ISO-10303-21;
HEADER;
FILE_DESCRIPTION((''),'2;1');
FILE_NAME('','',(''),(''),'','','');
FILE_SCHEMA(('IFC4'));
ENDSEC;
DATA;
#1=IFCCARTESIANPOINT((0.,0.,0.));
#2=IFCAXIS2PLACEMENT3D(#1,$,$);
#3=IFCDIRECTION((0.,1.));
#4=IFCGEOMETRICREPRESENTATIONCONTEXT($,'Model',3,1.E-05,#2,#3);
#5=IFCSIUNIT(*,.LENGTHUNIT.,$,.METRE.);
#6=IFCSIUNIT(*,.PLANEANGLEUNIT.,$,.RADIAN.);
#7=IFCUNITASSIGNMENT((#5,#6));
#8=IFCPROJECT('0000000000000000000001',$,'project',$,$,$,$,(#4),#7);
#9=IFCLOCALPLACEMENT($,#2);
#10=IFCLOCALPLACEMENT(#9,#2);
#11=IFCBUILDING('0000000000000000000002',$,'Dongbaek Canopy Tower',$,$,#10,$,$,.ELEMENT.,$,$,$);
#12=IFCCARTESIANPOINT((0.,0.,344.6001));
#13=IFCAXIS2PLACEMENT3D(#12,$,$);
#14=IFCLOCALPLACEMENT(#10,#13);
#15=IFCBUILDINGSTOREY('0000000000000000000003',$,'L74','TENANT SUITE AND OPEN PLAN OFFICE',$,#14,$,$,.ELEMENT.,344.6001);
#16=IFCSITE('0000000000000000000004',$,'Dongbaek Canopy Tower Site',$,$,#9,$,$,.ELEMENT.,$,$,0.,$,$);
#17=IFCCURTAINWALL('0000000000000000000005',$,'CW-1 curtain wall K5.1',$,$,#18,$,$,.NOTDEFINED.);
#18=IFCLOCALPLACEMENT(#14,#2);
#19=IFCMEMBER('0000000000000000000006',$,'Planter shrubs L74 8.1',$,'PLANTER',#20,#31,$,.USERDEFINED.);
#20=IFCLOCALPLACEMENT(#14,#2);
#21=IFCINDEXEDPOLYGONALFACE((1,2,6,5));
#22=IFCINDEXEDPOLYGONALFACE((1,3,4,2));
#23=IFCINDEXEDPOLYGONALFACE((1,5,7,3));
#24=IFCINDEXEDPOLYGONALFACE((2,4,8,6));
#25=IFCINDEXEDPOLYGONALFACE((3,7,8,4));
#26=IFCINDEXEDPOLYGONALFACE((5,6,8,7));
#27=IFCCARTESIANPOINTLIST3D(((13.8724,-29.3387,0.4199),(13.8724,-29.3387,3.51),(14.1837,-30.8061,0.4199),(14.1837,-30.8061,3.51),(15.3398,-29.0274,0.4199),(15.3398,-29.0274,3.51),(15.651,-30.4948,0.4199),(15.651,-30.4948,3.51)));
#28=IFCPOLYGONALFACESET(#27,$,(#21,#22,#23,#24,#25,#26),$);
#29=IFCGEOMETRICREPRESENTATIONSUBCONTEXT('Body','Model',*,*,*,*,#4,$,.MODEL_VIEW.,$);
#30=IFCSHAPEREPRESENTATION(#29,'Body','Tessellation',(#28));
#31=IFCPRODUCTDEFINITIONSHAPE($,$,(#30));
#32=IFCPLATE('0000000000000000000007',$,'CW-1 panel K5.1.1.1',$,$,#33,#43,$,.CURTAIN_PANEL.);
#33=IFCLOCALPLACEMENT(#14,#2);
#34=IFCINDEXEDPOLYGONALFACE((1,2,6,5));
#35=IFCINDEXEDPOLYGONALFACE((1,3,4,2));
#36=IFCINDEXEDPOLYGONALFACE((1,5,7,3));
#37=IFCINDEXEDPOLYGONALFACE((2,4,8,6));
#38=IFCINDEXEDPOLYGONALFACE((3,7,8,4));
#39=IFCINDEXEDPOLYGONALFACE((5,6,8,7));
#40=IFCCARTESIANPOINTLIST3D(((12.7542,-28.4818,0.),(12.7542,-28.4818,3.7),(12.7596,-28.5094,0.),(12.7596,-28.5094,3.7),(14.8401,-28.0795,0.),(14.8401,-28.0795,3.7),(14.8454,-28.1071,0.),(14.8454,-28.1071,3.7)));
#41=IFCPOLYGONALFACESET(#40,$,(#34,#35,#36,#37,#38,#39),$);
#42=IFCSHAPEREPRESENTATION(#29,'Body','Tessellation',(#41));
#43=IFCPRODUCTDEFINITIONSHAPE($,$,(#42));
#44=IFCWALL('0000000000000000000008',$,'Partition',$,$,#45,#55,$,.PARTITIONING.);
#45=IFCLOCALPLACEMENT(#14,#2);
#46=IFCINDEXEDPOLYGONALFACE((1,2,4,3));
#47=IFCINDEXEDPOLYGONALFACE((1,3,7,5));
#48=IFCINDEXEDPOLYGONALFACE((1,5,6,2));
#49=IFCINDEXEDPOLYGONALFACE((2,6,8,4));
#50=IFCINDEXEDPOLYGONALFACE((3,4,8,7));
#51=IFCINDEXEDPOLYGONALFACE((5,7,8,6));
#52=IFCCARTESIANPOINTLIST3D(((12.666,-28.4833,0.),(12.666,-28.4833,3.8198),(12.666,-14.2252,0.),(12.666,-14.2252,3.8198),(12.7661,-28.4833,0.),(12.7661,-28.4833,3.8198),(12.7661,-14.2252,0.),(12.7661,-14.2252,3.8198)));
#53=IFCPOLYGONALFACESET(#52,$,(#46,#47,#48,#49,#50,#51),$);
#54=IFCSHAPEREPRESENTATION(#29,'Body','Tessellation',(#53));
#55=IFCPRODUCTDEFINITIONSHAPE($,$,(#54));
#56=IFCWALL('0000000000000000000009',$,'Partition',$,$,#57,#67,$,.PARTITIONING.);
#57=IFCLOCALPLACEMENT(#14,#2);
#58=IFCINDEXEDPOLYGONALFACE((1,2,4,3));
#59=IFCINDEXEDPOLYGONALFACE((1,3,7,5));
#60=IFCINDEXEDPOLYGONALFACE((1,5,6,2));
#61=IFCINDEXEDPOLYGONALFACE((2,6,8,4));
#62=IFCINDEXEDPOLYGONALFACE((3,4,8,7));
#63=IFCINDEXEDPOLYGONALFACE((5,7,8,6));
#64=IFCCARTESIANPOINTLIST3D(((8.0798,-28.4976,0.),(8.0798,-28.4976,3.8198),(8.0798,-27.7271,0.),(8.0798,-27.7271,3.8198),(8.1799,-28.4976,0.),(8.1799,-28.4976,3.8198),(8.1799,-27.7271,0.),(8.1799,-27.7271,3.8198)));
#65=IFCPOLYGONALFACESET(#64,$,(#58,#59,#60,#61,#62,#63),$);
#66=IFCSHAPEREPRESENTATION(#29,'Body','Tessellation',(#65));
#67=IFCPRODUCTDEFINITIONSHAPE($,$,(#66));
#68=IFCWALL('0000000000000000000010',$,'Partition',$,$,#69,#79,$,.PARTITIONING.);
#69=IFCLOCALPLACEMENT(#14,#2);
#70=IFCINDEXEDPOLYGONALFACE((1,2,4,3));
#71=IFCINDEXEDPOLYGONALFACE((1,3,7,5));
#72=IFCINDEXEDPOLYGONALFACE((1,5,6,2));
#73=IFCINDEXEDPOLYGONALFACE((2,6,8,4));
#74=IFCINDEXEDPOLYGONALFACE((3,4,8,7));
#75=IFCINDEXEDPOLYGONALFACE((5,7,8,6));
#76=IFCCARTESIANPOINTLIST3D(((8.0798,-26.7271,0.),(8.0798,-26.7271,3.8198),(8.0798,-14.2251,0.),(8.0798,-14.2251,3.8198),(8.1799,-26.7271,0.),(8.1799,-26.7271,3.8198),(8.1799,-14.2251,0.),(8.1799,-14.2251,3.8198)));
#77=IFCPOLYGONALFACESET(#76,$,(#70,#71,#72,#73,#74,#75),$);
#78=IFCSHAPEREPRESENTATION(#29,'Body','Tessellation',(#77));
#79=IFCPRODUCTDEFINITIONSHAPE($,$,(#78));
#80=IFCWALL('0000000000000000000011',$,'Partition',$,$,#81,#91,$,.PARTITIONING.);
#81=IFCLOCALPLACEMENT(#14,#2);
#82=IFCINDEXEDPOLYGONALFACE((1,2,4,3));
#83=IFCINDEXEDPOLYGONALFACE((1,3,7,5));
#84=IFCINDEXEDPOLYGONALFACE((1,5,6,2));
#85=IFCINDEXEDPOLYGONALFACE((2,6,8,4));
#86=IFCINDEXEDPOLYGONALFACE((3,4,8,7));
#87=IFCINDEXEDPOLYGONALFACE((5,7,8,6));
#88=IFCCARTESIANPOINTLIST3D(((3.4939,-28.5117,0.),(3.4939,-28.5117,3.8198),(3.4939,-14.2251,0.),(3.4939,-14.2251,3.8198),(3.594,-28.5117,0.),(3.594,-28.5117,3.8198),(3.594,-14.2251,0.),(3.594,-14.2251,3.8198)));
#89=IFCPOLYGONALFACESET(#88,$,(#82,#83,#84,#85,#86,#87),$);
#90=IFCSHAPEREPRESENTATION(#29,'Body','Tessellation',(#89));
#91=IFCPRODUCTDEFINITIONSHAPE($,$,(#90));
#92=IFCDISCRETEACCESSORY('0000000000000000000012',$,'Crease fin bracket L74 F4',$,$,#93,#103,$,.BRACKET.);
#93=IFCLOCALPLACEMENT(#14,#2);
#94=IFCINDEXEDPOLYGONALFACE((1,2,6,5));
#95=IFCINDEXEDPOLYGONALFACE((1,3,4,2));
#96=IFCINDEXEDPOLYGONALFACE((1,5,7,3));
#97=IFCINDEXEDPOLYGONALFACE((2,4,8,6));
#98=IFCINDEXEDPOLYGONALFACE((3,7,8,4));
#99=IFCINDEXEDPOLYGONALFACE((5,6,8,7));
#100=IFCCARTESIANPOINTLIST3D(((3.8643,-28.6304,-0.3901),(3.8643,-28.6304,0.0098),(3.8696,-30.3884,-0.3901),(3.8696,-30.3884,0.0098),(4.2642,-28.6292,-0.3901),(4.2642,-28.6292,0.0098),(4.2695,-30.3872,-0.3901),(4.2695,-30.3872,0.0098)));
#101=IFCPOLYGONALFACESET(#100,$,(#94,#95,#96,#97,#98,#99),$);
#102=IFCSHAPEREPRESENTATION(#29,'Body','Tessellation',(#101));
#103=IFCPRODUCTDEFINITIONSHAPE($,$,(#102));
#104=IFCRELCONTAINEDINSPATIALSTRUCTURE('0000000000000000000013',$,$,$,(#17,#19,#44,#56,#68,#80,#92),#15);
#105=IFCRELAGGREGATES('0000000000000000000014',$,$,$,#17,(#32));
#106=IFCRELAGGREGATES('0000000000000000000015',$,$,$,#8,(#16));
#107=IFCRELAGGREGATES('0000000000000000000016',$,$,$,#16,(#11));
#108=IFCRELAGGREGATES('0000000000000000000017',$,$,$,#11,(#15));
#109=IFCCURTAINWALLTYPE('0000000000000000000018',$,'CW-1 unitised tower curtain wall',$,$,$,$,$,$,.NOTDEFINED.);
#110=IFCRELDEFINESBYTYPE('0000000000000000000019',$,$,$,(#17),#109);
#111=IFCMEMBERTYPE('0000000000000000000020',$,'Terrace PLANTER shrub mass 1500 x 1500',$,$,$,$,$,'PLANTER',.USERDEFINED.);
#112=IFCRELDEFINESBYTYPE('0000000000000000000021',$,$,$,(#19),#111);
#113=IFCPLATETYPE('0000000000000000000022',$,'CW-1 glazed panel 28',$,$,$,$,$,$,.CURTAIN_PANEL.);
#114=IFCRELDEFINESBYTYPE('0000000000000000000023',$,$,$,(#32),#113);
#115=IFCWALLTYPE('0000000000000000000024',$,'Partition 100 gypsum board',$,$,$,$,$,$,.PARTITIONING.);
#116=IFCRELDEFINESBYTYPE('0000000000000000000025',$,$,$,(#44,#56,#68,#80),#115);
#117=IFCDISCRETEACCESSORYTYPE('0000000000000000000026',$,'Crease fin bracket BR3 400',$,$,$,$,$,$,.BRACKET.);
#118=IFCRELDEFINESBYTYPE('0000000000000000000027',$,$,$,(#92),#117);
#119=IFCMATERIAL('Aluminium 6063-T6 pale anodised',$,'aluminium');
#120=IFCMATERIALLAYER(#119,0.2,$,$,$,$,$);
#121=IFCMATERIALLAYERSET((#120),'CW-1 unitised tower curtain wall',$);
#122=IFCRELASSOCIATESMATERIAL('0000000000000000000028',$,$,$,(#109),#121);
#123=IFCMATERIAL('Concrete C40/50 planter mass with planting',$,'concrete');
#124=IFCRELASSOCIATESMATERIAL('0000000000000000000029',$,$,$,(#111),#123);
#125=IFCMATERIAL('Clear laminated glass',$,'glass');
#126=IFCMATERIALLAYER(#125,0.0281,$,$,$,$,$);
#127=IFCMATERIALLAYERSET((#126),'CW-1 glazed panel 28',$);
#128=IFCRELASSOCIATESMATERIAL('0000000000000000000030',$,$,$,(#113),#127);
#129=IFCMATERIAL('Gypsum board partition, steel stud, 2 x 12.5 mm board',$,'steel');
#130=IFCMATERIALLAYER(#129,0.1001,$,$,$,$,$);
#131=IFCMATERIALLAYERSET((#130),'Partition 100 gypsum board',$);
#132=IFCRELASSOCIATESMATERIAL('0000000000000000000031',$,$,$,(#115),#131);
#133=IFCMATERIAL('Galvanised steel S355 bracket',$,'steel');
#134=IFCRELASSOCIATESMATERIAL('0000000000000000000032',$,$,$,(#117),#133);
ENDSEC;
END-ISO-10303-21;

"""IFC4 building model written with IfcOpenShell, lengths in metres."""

from ifc_helpers import new_model, si_unit, direction, frame, frame_2d, origin, origin_2d, place, context, subcontext, project, spatial, rectangle, extrude, material, layer, layer_set, material_profile, profile_set, type_object, element, aggregate, save


model = new_model("IFC4")

# Units and contexts
model_context = context("Model", 3, precision=1e-05, world=origin(), true_north=direction((0.0, 1.0)))
body_context = subcontext(model_context, "Body", "Model", "MODEL_VIEW")
ifc_project = project(units=[si_unit("LENGTHUNIT", "METRE"), si_unit("PLANEANGLEUNIT", "RADIAN")], contexts=[model_context])

# Site, building, storey
site_placement = place(None, origin())
site = spatial("IfcSite", under=ifc_project, at=site_placement, Name="Dongbaek Canopy Tower Site", CompositionType="ELEMENT", RefElevation=0.0)
building_placement = place(site_placement, origin())
building = spatial("IfcBuilding", under=site, at=building_placement, Name="Dongbaek Canopy Tower", CompositionType="ELEMENT")
storey_placement = place(building_placement, frame((0.0, 0.0, 344.6001)))
storey = spatial("IfcBuildingStorey", under=building, at=storey_placement, Name="L74", Description="TENANT SUITE AND OPEN PLAN OFFICE", CompositionType="ELEMENT", Elevation=344.6001)

# Curtain wall
ifc_material_1 = material(Name="Aluminium 6063-T6 pale anodised", Category="aluminium")
ifc_layer_1 = layer(ifc_material_1, 0.2)
ifc_layer_set_1 = layer_set([ifc_layer_1], Name="CW-1 unitised tower curtain wall")
curtain_wall_type = type_object("IfcCurtainWallType", Name="CW-1 unitised tower curtain wall", PredefinedType="NOTDEFINED", material=ifc_layer_set_1)
curtain_wall_placement = place(storey_placement, origin())
curtain_wall = element("IfcCurtainWall", 1, at=curtain_wall_placement, inside=storey, type_object=curtain_wall_type, Name="CW-1 curtain wall K5.1", PredefinedType="NOTDEFINED")

# Member
ifc_material_2 = material(Name="Concrete C40/50 planter mass with planting", Category="concrete")
ifc_material_profile_1 = material_profile(ifc_material_2, rectangle(XDim=1.5, YDim=1.5, at=origin_2d()), Name="Terrace PLANTER shrub mass 1500 x 1500")
ifc_profile_set_1 = profile_set([ifc_material_profile_1], Name="Concrete C40/50 planter mass with planting")
member_type_1 = type_object("IfcMemberType", Name="Terrace PLANTER shrub mass 1500 x 1500", ElementType="PLANTER", PredefinedType="USERDEFINED", material=ifc_profile_set_1)
for number, where, z_axis, x_axis, name in (
    (2, (14.7617, -29.9167, 0.4199), (0.0, 0.0, 1.0), (0.207514, -0.978232, 0.0), "Planter shrubs L74 8.1"),
):
    element("IfcMember", number, at=place(storey_placement, frame(where, z_axis=z_axis, x_axis=x_axis)), inside=storey, type_object=member_type_1, Name=name, ObjectType="PLANTER", PredefinedType="USERDEFINED", context=body_context, shape_type="SweptSolid", body=[
        extrude(rectangle(XDim=1.5, YDim=1.5, at=origin_2d()), origin(), (0.0, 0.0, 1.0), 3.0901),
    ])

# Plate
ifc_material_3 = material(Name="Clear laminated glass", Category="glass")
ifc_layer_2 = layer(ifc_material_3, 0.0281)
ifc_layer_set_2 = layer_set([ifc_layer_2], Name="CW-1 glazed panel 28")
plate_type = type_object("IfcPlateType", Name="CW-1 glazed panel 28", PredefinedType="CURTAIN_PANEL", material=ifc_layer_set_2)
plate_placement = place(storey_placement, frame((13.7998, -28.2944, 0.0), z_axis=(0.0, 0.0, 1.0), x_axis=(0.981901, 0.189394, 0.0)))
plate = element("IfcPlate", 3, at=plate_placement, type_object=plate_type, Name="CW-1 panel K5.1.1.1", PredefinedType="CURTAIN_PANEL", context=body_context, shape_type="SweptSolid", body=[
    extrude(rectangle(XDim=2.1243, YDim=0.0281, at=origin_2d()), origin(), (0.0, 0.0, 1.0), 3.7),
])
aggregate(curtain_wall, [plate])

# Walls
ifc_material_4 = material(Name="Gypsum board partition, steel stud, 2 x 12.5 mm board", Category="steel")
ifc_layer_3 = layer(ifc_material_4, 0.1001)
ifc_layer_set_3 = layer_set([ifc_layer_3], Name="Partition 100 gypsum board")
wall_type = type_object("IfcWallType", Name="Partition 100 gypsum board", PredefinedType="PARTITIONING", material=ifc_layer_set_3)
wall_1_placement = place(storey_placement, frame((12.7161, -28.4832, 0.0), z_axis=(0.0, 0.0, 1.0), x_axis=(0.0, 1.0, 0.0)))
element("IfcWall", 4, at=wall_1_placement, inside=storey, type_object=wall_type, Name="Partition", PredefinedType="PARTITIONING", context=body_context, shape_type="SweptSolid", body=[
    extrude(rectangle(XDim=14.2581, YDim=0.1001, at=frame_2d((7.1289, 0.0))), origin(), (0.0, 0.0, 1.0), 3.8198),
])
wall_2_placement = place(storey_placement, frame((8.1299, -28.4976, 0.0), z_axis=(0.0, 0.0, 1.0), x_axis=(0.0, 1.0, 0.0)))
element("IfcWall", 5, at=wall_2_placement, inside=storey, type_object=wall_type, Name="Partition", PredefinedType="PARTITIONING", context=body_context, shape_type="SweptSolid", body=[
    extrude(rectangle(XDim=0.7705, YDim=0.1001, at=frame_2d((0.3853, 0.0))), origin(), (0.0, 0.0, 1.0), 3.8198),
])
wall_3_placement = place(storey_placement, frame((8.1299, -26.7271, 0.0), z_axis=(0.0, 0.0, 1.0), x_axis=(0.0, 1.0, 0.0)))
element("IfcWall", 6, at=wall_3_placement, inside=storey, type_object=wall_type, Name="Partition", PredefinedType="PARTITIONING", context=body_context, shape_type="SweptSolid", body=[
    extrude(rectangle(XDim=12.502, YDim=0.1001, at=frame_2d((6.251, 0.0))), origin(), (0.0, 0.0, 1.0), 3.8198),
])
wall_4_placement = place(storey_placement, frame((3.5439, -28.5117, 0.0), z_axis=(0.0, 0.0, 1.0), x_axis=(0.0, 1.0, 0.0)))
element("IfcWall", 7, at=wall_4_placement, inside=storey, type_object=wall_type, Name="Partition", PredefinedType="PARTITIONING", context=body_context, shape_type="SweptSolid", body=[
    extrude(rectangle(XDim=14.2866, YDim=0.1001, at=frame_2d((7.1433, 0.0))), origin(), (0.0, 0.0, 1.0), 3.8198),
])

# Discrete accessory
ifc_material_5 = material(Name="Galvanised steel S355 bracket", Category="steel")
discrete_accessory_type = type_object("IfcDiscreteAccessoryType", Name="Crease fin bracket BR3 400", PredefinedType="BRACKET", material=ifc_material_5)
discrete_accessory_placement = place(storey_placement, frame((4.0669, -29.5088, -0.3901), z_axis=(0.0, 0.0, 1.0), x_axis=(0.003065, -0.999995, 0.0)))
element("IfcDiscreteAccessory", 8, at=discrete_accessory_placement, inside=storey, type_object=discrete_accessory_type, Name="Crease fin bracket L74 F4", PredefinedType="BRACKET", context=body_context, shape_type="SweptSolid", body=[
    extrude(rectangle(XDim=1.7581, YDim=0.3999, at=origin_2d()), origin(), (0.0, 0.0, 1.0), 0.3999),
])

save(model, "model.ifc")
